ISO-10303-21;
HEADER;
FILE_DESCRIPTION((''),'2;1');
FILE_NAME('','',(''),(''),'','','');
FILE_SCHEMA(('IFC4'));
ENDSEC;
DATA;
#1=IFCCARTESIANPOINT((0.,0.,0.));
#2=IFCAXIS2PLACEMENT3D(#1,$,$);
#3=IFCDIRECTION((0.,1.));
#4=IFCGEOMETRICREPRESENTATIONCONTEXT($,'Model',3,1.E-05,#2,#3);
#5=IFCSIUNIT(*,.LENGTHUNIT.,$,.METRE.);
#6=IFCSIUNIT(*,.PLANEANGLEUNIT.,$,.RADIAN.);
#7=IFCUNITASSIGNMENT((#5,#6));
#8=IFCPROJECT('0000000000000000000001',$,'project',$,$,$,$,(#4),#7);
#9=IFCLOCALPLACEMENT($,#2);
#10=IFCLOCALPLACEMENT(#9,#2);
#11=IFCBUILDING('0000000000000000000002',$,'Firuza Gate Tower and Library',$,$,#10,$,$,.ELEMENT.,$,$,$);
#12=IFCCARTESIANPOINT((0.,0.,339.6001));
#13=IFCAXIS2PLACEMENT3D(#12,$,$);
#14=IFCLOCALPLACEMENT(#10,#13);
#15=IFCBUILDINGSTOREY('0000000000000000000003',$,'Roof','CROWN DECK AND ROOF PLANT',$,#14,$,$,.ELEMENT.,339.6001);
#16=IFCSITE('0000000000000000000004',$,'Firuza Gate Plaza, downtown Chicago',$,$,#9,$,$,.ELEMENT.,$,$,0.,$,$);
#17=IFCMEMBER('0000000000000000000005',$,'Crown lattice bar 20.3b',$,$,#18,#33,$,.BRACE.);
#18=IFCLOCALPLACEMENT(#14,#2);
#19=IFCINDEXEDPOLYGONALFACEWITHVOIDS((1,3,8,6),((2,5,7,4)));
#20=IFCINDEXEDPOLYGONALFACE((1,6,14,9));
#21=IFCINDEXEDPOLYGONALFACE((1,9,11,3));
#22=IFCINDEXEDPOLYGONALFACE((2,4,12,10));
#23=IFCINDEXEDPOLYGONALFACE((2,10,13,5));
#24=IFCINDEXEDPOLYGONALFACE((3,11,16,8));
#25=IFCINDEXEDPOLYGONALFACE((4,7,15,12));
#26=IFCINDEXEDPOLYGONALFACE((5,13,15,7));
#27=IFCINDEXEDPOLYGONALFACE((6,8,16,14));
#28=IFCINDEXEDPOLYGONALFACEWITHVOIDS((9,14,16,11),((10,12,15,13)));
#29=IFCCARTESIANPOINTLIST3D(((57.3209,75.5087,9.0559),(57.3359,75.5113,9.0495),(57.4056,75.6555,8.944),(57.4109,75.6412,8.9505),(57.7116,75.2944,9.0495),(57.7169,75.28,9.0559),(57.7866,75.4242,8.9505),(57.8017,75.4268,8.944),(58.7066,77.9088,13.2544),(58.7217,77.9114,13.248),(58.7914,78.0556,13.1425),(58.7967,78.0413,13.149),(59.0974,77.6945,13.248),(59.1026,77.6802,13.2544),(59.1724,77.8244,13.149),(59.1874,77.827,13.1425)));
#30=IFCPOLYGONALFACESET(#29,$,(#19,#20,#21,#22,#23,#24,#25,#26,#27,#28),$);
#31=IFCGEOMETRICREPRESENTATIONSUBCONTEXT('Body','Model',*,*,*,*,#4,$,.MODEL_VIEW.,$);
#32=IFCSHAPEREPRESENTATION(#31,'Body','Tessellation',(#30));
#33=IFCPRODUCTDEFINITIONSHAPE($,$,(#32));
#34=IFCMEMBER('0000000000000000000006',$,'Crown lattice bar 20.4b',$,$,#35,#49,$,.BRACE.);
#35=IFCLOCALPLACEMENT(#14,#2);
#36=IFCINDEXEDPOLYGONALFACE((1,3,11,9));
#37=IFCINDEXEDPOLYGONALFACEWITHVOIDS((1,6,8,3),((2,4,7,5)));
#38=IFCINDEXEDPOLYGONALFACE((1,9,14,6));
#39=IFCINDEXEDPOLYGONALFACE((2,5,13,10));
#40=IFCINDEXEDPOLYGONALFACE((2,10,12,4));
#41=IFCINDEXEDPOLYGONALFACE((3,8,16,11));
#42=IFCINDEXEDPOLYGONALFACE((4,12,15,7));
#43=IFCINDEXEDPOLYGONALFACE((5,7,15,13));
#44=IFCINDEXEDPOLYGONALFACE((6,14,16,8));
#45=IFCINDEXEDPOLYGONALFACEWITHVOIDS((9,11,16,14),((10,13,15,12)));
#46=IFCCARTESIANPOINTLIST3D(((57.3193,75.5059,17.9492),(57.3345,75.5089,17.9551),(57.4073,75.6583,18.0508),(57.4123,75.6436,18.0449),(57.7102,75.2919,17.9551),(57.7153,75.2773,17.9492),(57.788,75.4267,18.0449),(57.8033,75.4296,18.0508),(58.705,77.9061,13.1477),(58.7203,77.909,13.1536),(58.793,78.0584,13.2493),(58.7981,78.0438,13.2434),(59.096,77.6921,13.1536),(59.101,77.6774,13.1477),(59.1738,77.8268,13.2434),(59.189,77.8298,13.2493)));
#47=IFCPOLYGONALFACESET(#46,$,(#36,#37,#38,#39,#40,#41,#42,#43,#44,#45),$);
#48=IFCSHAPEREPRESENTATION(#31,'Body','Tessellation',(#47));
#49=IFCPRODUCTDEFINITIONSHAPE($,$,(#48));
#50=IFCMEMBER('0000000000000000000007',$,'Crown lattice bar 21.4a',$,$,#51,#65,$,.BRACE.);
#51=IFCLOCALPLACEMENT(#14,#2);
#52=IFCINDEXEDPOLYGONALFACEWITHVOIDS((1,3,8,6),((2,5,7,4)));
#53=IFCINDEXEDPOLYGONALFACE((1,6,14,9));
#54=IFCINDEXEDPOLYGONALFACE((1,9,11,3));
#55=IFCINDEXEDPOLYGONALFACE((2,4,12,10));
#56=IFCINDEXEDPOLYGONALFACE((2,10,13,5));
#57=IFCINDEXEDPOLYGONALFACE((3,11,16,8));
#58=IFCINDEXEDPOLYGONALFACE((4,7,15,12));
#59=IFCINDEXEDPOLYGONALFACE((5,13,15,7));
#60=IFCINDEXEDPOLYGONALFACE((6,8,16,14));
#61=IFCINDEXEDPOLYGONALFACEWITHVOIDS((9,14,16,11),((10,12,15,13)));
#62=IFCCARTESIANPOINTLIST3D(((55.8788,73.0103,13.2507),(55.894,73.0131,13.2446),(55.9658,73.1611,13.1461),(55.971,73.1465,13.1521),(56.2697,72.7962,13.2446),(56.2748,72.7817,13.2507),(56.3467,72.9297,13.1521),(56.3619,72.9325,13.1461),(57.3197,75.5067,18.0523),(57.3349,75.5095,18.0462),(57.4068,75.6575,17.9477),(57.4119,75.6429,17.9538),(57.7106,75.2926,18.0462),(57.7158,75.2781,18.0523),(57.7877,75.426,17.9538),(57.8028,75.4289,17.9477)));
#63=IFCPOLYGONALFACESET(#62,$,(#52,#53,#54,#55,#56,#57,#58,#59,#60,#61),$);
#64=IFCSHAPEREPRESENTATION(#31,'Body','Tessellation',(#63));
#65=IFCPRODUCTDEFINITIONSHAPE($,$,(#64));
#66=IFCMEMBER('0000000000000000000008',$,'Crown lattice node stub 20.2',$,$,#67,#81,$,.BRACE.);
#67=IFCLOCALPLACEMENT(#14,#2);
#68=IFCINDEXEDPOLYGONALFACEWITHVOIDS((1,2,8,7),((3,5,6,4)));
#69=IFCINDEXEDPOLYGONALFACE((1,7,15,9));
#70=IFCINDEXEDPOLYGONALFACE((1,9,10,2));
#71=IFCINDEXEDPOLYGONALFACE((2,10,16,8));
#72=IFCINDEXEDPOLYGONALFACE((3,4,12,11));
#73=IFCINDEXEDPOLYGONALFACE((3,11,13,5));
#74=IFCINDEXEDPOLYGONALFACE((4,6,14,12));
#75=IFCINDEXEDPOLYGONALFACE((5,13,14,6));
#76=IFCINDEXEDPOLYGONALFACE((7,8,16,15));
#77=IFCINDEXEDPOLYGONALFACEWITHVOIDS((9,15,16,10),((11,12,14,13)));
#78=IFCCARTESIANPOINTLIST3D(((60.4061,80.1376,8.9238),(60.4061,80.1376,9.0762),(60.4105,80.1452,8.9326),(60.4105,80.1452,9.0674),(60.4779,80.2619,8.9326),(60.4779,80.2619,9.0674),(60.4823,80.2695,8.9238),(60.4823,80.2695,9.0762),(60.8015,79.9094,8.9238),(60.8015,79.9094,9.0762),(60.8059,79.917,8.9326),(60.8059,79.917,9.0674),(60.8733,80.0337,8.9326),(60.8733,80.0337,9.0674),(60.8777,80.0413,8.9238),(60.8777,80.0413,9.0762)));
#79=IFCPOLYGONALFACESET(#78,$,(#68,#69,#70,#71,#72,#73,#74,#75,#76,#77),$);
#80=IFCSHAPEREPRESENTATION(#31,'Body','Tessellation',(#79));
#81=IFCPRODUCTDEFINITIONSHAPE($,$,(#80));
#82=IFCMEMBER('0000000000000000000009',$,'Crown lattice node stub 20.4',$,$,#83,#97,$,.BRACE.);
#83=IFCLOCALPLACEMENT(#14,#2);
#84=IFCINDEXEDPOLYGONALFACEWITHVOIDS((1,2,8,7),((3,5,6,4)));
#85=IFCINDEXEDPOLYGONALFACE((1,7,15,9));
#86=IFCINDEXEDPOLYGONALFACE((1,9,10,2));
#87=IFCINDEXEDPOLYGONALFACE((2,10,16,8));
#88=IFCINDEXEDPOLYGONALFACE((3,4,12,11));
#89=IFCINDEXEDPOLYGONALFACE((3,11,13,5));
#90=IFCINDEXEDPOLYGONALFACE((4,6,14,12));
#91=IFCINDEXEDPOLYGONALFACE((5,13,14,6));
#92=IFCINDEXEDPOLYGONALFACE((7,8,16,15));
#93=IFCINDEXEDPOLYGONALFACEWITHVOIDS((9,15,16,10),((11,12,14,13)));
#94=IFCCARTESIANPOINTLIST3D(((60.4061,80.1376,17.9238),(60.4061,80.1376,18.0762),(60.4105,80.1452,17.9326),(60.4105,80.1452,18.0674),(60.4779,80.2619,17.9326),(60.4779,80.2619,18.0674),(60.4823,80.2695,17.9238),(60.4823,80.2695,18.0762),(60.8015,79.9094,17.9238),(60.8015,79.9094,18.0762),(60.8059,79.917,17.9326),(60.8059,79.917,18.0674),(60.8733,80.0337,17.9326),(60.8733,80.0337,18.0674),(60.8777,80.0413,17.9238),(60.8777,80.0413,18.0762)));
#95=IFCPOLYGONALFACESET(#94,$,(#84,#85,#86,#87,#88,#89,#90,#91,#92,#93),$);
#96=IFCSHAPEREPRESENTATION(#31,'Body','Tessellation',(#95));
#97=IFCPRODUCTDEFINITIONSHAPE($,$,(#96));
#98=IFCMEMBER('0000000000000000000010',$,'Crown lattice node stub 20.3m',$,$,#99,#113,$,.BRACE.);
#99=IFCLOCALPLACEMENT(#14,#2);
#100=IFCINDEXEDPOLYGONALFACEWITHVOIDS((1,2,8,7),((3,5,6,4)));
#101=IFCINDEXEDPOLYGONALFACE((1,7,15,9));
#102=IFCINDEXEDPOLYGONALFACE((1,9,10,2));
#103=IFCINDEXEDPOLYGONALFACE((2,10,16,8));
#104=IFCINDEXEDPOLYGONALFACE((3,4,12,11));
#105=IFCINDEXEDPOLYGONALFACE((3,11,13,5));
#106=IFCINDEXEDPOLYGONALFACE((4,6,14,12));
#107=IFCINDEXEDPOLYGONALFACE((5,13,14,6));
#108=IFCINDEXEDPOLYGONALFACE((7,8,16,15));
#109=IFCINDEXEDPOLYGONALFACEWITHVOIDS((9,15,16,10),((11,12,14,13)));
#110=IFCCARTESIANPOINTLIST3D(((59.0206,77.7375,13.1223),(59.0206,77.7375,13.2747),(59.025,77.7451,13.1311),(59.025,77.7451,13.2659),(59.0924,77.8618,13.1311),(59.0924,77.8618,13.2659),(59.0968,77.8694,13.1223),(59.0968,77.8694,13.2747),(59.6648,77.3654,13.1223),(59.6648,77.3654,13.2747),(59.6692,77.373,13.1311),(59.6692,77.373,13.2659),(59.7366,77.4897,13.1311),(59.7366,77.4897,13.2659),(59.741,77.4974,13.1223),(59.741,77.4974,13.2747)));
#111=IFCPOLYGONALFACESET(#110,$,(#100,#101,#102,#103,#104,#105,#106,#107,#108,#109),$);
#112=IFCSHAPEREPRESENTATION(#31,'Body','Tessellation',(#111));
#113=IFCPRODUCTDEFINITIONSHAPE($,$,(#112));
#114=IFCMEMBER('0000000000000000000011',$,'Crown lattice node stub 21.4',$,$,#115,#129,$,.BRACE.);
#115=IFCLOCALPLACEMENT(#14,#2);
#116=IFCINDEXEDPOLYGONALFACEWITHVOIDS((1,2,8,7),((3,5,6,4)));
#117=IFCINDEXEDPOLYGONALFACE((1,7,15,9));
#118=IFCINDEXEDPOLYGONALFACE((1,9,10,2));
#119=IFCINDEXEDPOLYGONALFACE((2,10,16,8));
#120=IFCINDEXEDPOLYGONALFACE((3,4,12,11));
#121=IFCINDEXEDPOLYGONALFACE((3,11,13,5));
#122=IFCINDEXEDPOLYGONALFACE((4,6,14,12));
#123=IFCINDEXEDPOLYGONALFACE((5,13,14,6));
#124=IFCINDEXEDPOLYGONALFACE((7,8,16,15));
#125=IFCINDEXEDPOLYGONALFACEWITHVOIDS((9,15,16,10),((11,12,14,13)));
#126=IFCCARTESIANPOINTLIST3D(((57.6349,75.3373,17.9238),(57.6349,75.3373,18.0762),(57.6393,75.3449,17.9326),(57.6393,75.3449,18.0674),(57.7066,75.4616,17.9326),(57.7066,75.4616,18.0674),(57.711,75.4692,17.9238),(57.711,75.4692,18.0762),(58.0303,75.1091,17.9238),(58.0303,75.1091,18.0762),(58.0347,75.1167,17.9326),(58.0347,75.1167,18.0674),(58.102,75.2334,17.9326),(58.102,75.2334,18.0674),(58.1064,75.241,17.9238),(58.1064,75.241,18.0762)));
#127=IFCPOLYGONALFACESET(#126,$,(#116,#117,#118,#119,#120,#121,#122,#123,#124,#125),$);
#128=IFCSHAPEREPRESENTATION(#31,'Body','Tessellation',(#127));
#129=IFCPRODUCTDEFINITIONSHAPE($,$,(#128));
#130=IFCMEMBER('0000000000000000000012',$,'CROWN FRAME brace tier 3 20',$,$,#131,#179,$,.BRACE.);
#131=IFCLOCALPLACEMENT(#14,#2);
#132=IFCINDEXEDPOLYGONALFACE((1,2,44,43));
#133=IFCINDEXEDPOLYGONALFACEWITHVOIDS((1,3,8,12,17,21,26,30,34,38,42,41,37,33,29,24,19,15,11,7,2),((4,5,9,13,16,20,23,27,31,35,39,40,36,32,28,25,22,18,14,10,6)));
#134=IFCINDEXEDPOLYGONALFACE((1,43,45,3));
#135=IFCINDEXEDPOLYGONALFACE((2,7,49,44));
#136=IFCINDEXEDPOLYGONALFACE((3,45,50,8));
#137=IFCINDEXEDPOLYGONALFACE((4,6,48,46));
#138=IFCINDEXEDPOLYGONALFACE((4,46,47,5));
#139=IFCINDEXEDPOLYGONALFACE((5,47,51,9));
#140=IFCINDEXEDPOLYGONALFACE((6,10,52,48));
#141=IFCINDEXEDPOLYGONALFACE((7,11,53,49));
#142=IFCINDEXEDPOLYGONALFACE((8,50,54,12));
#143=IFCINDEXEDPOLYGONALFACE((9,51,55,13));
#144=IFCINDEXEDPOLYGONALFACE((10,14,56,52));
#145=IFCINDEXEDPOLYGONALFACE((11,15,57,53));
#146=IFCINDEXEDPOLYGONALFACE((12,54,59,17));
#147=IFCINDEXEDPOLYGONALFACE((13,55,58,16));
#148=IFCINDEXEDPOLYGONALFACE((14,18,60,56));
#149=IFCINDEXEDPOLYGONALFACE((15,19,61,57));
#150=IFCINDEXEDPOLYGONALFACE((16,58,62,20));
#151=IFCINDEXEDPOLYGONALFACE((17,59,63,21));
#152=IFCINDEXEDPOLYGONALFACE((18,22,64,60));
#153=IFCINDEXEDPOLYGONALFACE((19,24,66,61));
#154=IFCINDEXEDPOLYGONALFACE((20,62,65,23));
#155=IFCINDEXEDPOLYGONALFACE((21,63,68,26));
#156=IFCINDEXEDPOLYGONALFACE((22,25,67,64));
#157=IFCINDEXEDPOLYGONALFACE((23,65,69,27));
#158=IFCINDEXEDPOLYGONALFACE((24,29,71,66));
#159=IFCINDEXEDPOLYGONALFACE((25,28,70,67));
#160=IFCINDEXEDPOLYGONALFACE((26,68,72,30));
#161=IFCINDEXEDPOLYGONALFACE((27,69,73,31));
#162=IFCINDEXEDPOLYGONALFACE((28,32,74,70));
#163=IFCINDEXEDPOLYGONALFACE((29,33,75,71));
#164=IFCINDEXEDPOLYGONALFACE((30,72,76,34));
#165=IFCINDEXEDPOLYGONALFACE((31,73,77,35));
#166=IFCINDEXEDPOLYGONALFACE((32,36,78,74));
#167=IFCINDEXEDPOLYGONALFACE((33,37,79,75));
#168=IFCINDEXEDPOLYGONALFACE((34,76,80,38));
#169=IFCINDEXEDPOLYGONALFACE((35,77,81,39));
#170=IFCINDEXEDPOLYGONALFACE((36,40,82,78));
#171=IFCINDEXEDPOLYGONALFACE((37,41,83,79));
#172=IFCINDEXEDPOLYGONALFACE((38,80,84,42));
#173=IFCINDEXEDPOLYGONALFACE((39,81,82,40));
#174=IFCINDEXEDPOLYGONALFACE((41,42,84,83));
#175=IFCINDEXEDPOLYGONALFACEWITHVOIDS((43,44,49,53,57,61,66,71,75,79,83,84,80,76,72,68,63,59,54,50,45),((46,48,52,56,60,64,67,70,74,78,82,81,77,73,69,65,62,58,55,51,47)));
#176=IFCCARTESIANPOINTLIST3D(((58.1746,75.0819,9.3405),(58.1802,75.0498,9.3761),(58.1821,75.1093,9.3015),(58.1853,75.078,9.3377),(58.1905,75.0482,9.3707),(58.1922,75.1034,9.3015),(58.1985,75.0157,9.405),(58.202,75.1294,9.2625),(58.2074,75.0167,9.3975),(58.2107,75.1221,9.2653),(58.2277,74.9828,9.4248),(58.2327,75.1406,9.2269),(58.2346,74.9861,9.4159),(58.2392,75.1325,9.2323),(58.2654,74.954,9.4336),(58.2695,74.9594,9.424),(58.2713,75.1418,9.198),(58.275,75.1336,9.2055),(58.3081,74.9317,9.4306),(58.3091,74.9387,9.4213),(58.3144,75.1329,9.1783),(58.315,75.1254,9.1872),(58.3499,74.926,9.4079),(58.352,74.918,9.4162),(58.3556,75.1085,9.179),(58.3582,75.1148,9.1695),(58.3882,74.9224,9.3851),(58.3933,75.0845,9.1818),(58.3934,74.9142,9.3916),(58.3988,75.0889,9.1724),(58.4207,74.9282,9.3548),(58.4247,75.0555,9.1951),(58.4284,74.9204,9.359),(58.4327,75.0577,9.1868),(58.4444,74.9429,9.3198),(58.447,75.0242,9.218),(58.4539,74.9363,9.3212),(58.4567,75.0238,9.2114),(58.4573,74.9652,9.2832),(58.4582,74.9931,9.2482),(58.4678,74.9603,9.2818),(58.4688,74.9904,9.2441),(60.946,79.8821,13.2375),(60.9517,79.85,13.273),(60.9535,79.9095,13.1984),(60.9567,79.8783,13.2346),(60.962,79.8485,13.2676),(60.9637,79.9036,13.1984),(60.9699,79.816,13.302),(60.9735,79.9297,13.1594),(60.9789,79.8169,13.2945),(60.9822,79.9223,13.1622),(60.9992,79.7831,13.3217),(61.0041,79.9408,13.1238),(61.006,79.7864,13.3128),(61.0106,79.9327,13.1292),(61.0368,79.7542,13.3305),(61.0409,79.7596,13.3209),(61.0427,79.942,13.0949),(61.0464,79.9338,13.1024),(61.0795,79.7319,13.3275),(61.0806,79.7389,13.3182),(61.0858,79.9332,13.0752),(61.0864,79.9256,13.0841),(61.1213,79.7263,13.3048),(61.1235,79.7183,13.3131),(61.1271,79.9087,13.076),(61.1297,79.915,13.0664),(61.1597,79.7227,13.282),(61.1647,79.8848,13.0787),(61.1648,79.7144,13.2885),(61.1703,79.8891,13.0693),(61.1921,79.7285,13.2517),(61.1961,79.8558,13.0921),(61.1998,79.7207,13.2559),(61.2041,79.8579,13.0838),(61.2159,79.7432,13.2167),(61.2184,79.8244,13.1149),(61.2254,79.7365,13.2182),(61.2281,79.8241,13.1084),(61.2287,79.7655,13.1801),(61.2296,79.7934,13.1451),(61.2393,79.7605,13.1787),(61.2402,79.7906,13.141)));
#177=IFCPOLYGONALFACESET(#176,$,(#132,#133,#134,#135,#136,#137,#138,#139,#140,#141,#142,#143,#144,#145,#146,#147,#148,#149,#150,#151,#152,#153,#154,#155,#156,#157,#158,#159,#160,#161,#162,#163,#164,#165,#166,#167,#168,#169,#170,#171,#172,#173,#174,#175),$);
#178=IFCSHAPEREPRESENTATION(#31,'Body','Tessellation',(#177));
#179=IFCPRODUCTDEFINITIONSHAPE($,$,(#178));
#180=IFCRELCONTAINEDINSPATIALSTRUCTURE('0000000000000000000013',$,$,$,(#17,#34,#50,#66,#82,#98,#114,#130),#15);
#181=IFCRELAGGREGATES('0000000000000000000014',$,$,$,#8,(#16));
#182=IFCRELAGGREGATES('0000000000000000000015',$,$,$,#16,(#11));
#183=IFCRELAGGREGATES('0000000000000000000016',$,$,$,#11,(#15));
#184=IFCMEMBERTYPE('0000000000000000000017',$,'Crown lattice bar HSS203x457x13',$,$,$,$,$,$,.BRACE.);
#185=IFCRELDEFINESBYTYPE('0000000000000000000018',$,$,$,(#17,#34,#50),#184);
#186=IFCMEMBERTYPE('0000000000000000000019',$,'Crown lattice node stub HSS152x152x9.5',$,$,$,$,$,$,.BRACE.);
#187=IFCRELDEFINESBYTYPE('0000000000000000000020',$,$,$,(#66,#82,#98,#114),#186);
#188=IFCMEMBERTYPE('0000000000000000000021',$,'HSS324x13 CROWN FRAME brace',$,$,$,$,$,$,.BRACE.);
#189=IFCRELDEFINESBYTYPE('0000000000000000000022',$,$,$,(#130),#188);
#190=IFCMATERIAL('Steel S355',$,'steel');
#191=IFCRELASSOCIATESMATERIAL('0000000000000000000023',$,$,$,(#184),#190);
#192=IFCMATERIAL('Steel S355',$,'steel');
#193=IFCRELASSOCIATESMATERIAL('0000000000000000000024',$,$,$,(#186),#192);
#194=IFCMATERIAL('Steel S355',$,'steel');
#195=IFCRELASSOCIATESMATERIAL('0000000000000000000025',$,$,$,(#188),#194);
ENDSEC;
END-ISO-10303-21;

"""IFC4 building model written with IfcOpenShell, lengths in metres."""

from ifc_helpers import new_model, si_unit, direction, frame, origin, origin_2d, place, context, subcontext, project, spatial, hollow_rectangle, hollow_circle, extrude, material, material_profile, profile_set, type_object, element, save


model = new_model("IFC4")

# Units and contexts
model_context = context("Model", 3, precision=1e-05, world=origin(), true_north=direction((0.0, 1.0)))
body_context = subcontext(model_context, "Body", "Model", "MODEL_VIEW")
ifc_project = project(units=[si_unit("LENGTHUNIT", "METRE"), si_unit("PLANEANGLEUNIT", "RADIAN")], contexts=[model_context])

# Site, building, storey
site_placement = place(None, origin())
site = spatial("IfcSite", under=ifc_project, at=site_placement, Name="Firuza Gate Plaza, downtown Chicago", CompositionType="ELEMENT", RefElevation=0.0)
building_placement = place(site_placement, origin())
building = spatial("IfcBuilding", under=site, at=building_placement, Name="Firuza Gate Tower and Library", CompositionType="ELEMENT")
storey_placement = place(building_placement, frame((0.0, 0.0, 339.6001)))
storey = spatial("IfcBuildingStorey", under=building, at=storey_placement, Name="Roof", Description="CROWN DECK AND ROOF PLANT", CompositionType="ELEMENT", Elevation=339.6001)

# Members
ifc_material_1 = material(Name="Steel S355", Category="steel")
ifc_material_profile_1 = material_profile(ifc_material_1, hollow_rectangle(XDim=0.4573, YDim=0.2031, WallThickness=0.0117, at=origin_2d()))
ifc_profile_set_1 = profile_set([ifc_material_profile_1], Name="Steel S355")
member_type_1 = type_object("IfcMemberType", Name="Crown lattice bar HSS203x457x13", PredefinedType="BRACE", material=ifc_profile_set_1)
member_1_placement = place(storey_placement, frame((58.947, 77.8679, 13.1985), z_axis=(-0.275455, -0.477097, -0.834568), x_axis=(0.866023, -0.500005, 0.0)))
element("IfcMember", 1, at=member_1_placement, inside=storey, type_object=member_type_1, Name="Crown lattice bar 20.3b", PredefinedType="BRACE", context=body_context, shape_type="SweptSolid", body=[
    extrude(hollow_rectangle(XDim=0.4573, YDim=0.2031, WallThickness=0.0117, at=origin_2d()), origin(), (0.0, 0.0, 1.0), 5.0308),
])
member_2_placement = place(storey_placement, frame((58.947, 77.8679, 13.1985), z_axis=(-0.249955, -0.43293, 0.86608), x_axis=(0.866023, -0.500005, 0.0)))
element("IfcMember", 2, at=member_2_placement, inside=storey, type_object=member_type_1, Name="Crown lattice bar 20.4b", PredefinedType="BRACE", context=body_context, shape_type="SweptSolid", body=[
    extrude(hollow_rectangle(XDim=0.4573, YDim=0.2031, WallThickness=0.0117, at=origin_2d()), origin(), (0.0, 0.0, 1.0), 5.5439),
])
member_3_placement = place(storey_placement, frame((57.5613, 75.4678, 18.0), z_axis=(-0.257297, -0.445757, -0.857379), x_axis=(0.866077, -0.499911, 0.0)))
element("IfcMember", 3, at=member_3_placement, inside=storey, type_object=member_type_1, Name="Crown lattice bar 21.4a", PredefinedType="BRACE", context=body_context, shape_type="SweptSolid", body=[
    extrude(hollow_rectangle(XDim=0.4573, YDim=0.2031, WallThickness=0.0117, at=origin_2d()), origin(), (0.0, 0.0, 1.0), 5.6003),
])
ifc_material_2 = material(Name="Steel S355", Category="steel")
ifc_material_profile_2 = material_profile(ifc_material_2, hollow_rectangle(XDim=0.1523, YDim=0.1523, WallThickness=0.0088, at=origin_2d()))
ifc_profile_set_2 = profile_set([ifc_material_profile_2], Name="Steel S355")
member_type_2 = type_object("IfcMemberType", Name="Crown lattice node stub HSS152x152x9.5", PredefinedType="BRACE", material=ifc_profile_set_2)
for number, where, z_axis, x_axis, name in (
    (4, (60.8396, 79.9753, 9.0), (-0.866097, 0.499877, 0.0), (-0.499877, -0.866097, 0.0), "Crown lattice node stub 20.2"),
    (5, (60.8396, 79.9753, 18.0), (-0.866097, 0.499877, 0.0), (-0.499877, -0.866097, 0.0), "Crown lattice node stub 20.4"),
):
    element("IfcMember", number, at=place(storey_placement, frame(where, z_axis=z_axis, x_axis=x_axis)), inside=storey, type_object=member_type_2, Name=name, PredefinedType="BRACE", context=body_context, shape_type="SweptSolid", body=[
        extrude(hollow_rectangle(XDim=0.1523, YDim=0.1523, WallThickness=0.0088, at=origin_2d()), origin(), (0.0, 0.0, 1.0), 0.4565),
    ])
member_4_placement = place(storey_placement, frame((59.7029, 77.4314, 13.1985), z_axis=(-0.865972, 0.500092, 0.0), x_axis=(-0.500092, -0.865972, 0.0)))
element("IfcMember", 6, at=member_4_placement, inside=storey, type_object=member_type_2, Name="Crown lattice node stub 20.3m", PredefinedType="BRACE", context=body_context, shape_type="SweptSolid", body=[
    extrude(hollow_rectangle(XDim=0.1523, YDim=0.1523, WallThickness=0.0088, at=origin_2d()), origin(), (0.0, 0.0, 1.0), 0.7439),
])
member_5_placement = place(storey_placement, frame((58.0684, 75.175, 18.0), z_axis=(-0.866097, 0.499877, 0.0), x_axis=(-0.499877, -0.866097, 0.0)))
element("IfcMember", 7, at=member_5_placement, inside=storey, type_object=member_type_2, Name="Crown lattice node stub 21.4", PredefinedType="BRACE", context=body_context, shape_type="SweptSolid", body=[
    extrude(hollow_rectangle(XDim=0.1523, YDim=0.1523, WallThickness=0.0088, at=origin_2d()), origin(), (0.0, 0.0, 1.0), 0.4565),
])
ifc_material_3 = material(Name="Steel S355", Category="steel")
ifc_material_profile_3 = material_profile(ifc_material_3, hollow_circle(Radius=0.1619, WallThickness=0.0117, at=origin_2d()))
ifc_profile_set_3 = profile_set([ifc_material_profile_3], Name="Steel S355")
member_type_3 = type_object("IfcMemberType", Name="HSS324x13 CROWN FRAME brace", PredefinedType="BRACE", material=ifc_profile_set_3)
for number, where, z_axis, x_axis, name in (
    (8, (58.3223, 75.0283, 9.3015), (0.409032, 0.708455, 0.575138), (-0.866023, 0.500005, 0.0), "CROWN FRAME brace tier 3 20"),
):
    element("IfcMember", number, at=place(storey_placement, frame(where, z_axis=z_axis, x_axis=x_axis)), inside=storey, type_object=member_type_3, Name=name, PredefinedType="BRACE", context=body_context, shape_type="SweptSolid", body=[
        extrude(hollow_circle(Radius=0.1619, WallThickness=0.0117, at=origin_2d()), origin(), (0.0, 0.0, 1.0), 6.7756),
    ])

save(model, "model.ifc")
